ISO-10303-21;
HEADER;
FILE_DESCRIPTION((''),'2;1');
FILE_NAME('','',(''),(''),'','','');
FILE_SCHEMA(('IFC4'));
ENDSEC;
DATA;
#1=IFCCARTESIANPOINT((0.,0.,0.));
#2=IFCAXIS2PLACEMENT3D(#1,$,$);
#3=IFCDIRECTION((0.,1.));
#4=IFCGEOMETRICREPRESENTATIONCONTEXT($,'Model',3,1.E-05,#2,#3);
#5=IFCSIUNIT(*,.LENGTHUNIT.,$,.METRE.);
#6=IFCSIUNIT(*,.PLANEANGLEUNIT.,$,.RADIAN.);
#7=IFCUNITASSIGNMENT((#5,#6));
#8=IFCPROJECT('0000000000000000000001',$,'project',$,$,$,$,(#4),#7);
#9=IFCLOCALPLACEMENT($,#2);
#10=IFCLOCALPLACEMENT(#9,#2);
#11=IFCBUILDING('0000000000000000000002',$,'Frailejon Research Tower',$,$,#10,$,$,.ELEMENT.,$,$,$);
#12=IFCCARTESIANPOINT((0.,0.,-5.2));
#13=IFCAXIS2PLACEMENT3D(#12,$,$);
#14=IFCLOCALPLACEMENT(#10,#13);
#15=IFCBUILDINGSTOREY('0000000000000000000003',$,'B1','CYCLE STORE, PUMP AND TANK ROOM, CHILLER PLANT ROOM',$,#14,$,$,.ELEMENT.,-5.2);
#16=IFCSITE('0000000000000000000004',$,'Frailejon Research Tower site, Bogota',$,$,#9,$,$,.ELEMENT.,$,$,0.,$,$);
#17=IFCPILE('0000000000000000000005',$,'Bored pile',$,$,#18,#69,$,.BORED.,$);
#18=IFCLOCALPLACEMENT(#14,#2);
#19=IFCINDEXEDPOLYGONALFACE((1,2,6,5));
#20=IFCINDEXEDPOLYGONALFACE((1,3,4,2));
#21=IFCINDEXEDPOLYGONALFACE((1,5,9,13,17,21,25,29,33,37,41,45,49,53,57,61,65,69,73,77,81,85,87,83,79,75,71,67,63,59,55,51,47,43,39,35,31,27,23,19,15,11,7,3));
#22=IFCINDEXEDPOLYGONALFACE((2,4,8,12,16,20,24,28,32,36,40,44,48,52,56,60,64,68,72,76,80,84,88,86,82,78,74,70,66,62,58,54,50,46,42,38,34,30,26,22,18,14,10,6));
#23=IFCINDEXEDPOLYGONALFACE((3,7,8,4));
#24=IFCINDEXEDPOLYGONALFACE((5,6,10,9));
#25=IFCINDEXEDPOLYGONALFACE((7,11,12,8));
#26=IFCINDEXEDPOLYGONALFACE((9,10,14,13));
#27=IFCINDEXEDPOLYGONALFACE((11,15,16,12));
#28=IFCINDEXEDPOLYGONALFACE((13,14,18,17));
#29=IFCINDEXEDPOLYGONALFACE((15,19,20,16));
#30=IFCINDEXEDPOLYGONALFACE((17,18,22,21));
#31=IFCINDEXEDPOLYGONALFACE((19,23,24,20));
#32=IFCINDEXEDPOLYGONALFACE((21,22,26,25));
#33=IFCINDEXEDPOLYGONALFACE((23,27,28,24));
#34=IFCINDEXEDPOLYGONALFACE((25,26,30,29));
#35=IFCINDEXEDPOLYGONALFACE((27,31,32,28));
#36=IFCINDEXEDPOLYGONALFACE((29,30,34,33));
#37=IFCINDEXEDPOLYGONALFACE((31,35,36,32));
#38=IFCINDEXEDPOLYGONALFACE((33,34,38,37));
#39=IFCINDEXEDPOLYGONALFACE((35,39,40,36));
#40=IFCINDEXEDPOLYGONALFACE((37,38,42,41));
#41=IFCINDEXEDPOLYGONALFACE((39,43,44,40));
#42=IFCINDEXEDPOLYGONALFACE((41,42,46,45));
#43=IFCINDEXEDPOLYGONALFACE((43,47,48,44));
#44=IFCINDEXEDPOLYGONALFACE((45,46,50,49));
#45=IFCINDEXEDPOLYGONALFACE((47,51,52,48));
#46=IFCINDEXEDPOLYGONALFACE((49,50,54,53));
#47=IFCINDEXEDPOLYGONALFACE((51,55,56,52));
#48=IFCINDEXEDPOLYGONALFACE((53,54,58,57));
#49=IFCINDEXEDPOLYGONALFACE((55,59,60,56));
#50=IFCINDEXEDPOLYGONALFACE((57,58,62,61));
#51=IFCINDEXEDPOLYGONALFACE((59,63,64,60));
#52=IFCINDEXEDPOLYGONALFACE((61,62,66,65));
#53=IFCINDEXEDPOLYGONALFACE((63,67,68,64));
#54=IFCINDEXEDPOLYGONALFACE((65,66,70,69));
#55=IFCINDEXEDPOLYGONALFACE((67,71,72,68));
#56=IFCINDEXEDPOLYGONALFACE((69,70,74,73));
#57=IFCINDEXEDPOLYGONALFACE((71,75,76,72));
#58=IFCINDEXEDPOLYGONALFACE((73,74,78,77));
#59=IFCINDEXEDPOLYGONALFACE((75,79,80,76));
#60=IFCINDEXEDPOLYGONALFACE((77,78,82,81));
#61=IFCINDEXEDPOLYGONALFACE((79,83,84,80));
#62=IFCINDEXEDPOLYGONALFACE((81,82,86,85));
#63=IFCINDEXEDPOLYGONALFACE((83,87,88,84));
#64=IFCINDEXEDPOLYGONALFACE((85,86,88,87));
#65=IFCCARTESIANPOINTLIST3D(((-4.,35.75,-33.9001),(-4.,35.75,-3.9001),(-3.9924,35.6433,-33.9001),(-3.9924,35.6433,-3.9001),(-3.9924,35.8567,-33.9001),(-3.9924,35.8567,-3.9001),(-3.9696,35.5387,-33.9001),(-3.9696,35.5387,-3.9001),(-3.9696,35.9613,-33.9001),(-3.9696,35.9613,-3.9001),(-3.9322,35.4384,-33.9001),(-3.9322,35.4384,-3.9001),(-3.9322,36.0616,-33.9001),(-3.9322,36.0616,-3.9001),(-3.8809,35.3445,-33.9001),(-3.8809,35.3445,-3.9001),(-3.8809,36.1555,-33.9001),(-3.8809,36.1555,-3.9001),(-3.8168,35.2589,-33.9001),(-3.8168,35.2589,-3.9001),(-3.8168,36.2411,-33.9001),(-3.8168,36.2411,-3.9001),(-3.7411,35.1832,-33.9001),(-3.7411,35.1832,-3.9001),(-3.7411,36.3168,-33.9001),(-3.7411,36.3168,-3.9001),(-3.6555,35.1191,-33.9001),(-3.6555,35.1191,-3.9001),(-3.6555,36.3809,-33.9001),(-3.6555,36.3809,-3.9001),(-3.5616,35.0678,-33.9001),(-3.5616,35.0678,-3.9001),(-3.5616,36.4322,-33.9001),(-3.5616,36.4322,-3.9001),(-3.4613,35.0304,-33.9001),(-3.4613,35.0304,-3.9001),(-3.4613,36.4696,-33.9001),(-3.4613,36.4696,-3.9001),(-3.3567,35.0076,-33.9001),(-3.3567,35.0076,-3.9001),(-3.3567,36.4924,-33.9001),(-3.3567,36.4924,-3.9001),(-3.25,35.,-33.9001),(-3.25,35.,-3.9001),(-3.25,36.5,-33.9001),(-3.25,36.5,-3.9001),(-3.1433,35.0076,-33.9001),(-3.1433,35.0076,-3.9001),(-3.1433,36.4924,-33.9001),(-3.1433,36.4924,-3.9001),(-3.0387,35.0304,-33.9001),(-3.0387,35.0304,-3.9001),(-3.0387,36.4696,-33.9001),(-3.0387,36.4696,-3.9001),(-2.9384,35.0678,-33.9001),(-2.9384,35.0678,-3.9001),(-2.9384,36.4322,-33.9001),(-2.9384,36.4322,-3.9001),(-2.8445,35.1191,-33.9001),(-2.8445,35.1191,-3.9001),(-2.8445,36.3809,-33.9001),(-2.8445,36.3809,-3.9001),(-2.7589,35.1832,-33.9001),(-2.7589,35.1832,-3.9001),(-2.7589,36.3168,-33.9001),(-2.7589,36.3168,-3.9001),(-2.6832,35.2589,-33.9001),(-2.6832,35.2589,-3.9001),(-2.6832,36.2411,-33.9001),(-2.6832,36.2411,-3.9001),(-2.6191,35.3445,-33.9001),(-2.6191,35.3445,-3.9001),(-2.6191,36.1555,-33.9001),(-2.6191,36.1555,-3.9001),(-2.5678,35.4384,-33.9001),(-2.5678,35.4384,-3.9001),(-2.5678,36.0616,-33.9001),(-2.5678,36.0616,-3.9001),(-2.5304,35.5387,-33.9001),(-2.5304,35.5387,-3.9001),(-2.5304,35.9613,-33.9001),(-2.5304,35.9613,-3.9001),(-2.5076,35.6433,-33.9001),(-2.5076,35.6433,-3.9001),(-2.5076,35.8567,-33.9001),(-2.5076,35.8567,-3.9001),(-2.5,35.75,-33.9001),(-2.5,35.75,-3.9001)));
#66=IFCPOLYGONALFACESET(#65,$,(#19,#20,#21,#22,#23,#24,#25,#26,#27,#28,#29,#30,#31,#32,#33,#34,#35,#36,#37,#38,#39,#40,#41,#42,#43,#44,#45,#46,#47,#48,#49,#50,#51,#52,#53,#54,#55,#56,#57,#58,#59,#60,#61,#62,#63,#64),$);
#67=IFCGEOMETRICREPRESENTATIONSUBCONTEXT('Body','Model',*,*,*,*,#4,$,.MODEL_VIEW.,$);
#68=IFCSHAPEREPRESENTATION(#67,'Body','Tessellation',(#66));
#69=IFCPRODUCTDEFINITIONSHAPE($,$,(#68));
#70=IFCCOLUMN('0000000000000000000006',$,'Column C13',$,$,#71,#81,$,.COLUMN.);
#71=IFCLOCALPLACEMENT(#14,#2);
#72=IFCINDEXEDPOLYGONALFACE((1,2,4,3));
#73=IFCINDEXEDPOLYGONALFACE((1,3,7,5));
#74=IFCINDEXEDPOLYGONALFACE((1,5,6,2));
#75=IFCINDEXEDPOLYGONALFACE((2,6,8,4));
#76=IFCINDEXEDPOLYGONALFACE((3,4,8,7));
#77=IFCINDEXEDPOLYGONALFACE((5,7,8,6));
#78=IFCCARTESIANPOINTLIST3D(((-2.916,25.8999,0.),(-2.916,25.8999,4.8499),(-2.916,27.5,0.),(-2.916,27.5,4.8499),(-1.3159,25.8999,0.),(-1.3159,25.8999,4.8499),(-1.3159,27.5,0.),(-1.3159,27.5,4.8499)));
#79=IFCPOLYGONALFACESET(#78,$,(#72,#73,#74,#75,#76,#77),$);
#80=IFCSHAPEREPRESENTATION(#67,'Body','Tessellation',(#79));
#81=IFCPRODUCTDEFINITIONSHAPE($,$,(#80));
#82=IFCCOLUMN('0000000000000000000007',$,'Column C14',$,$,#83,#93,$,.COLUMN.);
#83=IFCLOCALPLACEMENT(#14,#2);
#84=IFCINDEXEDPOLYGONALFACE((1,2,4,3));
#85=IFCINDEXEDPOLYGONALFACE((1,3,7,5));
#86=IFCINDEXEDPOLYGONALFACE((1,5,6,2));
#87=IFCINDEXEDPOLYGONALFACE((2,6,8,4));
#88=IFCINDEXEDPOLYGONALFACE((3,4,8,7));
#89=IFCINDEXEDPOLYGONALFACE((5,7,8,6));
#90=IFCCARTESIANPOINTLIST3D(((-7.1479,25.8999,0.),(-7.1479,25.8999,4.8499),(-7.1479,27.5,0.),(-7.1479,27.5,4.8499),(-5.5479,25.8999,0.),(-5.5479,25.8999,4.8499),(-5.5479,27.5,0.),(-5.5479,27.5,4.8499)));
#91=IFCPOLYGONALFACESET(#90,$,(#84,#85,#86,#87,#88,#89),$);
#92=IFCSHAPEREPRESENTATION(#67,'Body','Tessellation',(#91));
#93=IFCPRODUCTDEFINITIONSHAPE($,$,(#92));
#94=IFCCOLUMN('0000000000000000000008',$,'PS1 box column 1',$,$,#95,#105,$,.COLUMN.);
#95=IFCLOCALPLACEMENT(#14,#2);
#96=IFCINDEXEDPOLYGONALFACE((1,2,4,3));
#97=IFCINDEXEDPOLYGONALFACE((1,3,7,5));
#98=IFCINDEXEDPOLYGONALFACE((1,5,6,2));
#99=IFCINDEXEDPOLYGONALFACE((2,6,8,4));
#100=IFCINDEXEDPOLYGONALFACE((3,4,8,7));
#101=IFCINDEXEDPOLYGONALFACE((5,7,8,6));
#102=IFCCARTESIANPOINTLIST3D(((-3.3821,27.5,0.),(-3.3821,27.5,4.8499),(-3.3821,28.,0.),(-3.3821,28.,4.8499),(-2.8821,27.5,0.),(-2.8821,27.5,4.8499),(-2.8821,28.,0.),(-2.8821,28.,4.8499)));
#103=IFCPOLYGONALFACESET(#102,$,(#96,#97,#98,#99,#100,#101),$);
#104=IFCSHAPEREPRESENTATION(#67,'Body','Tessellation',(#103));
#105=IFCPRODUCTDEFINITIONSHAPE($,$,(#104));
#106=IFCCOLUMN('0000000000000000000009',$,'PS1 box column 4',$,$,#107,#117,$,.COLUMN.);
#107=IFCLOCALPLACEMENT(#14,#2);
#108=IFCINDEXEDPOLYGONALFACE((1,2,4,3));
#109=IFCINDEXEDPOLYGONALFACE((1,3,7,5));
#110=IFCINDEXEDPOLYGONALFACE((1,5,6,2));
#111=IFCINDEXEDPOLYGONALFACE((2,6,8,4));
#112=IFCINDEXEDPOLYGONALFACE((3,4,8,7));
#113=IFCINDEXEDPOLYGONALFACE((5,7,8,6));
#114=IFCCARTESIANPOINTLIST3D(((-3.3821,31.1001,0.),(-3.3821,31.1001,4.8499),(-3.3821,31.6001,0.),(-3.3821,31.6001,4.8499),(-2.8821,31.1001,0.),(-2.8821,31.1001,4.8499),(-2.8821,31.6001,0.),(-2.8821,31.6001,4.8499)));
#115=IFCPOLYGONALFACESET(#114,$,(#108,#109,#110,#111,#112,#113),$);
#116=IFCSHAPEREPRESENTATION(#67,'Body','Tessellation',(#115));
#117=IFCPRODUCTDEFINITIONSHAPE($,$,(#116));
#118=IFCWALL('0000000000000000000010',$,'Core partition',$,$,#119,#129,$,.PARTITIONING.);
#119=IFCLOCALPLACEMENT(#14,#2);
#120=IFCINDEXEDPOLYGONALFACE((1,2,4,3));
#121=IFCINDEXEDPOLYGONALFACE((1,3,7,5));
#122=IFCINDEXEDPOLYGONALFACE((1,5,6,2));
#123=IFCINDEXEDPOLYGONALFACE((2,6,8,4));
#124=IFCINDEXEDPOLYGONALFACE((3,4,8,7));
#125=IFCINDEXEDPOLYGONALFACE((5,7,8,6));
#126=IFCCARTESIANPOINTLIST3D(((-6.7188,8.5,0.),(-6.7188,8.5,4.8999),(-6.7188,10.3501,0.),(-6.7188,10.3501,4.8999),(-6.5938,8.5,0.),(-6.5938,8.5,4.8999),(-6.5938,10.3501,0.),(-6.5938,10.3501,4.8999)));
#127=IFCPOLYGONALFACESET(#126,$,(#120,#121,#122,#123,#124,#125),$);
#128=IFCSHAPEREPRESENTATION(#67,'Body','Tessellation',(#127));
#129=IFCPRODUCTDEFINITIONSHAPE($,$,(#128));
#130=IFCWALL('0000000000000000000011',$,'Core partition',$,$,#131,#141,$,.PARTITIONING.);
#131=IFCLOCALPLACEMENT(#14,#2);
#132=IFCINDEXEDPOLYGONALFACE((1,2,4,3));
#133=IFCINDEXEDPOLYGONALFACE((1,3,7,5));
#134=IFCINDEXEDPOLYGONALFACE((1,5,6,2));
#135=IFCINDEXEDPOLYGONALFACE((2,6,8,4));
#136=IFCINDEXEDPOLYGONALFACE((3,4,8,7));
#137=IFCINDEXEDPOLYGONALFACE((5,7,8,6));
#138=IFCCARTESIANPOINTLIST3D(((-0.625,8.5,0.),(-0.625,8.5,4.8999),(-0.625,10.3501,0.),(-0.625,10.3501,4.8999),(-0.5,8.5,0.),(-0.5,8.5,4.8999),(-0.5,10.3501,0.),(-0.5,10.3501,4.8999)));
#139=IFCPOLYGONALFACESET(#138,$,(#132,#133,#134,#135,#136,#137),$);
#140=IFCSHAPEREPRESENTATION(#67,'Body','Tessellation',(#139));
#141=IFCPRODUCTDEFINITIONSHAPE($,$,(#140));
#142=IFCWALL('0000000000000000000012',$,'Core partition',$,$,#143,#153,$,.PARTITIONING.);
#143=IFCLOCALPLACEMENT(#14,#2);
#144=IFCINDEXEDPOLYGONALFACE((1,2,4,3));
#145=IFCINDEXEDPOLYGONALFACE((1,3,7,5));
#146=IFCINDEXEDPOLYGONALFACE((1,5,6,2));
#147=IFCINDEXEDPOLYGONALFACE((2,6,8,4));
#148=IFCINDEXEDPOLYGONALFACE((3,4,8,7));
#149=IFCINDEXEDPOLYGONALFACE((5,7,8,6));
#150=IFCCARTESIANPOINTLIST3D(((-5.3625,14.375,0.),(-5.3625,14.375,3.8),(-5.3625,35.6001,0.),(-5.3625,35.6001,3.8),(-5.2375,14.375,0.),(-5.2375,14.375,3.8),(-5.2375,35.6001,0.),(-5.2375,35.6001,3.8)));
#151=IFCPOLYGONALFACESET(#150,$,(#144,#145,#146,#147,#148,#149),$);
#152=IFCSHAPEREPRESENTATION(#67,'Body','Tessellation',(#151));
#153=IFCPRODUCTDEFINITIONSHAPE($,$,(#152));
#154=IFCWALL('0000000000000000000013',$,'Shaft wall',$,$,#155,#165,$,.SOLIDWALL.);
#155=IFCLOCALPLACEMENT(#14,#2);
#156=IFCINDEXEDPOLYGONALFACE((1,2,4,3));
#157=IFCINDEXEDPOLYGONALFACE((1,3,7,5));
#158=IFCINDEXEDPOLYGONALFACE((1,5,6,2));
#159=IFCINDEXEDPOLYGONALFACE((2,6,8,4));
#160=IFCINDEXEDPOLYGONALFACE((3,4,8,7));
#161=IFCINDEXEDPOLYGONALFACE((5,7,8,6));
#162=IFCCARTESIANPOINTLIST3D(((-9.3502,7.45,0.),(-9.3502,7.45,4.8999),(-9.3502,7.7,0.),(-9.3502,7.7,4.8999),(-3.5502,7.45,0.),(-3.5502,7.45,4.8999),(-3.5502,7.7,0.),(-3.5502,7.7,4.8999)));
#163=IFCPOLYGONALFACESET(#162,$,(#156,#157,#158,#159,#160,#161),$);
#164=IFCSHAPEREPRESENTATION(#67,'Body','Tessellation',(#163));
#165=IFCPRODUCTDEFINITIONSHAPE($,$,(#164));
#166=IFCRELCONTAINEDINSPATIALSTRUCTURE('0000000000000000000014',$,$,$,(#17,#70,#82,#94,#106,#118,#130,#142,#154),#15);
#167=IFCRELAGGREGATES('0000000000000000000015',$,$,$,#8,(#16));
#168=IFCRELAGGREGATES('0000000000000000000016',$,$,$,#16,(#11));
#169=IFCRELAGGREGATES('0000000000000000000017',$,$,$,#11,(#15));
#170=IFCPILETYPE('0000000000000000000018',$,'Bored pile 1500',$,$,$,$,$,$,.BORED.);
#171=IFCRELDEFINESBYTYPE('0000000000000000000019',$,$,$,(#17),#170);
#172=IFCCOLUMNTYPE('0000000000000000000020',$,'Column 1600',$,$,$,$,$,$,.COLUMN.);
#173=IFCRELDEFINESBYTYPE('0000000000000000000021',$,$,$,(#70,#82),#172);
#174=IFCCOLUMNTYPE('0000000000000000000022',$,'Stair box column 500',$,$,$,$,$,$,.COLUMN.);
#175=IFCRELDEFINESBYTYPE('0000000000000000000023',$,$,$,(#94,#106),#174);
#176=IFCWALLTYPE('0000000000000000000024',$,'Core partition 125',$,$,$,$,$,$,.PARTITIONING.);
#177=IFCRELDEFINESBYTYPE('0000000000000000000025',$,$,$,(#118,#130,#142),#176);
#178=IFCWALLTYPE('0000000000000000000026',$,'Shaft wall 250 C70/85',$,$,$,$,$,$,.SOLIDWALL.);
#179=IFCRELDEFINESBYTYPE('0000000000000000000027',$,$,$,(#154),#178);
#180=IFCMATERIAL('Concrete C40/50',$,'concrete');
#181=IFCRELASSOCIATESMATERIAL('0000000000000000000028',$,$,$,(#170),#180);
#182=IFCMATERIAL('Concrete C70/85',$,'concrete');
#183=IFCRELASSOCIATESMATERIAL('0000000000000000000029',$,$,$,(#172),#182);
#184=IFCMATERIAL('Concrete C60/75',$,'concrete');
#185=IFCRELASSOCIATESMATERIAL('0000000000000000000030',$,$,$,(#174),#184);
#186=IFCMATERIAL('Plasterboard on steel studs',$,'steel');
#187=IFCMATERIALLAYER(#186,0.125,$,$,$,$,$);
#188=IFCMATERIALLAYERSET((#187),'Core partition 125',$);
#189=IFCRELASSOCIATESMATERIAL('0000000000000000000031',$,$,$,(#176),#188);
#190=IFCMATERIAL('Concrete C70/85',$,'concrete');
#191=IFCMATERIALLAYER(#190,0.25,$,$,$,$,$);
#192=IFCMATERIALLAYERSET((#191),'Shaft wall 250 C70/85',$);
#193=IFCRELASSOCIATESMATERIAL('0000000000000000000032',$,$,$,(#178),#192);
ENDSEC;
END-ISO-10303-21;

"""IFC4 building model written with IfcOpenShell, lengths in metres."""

from ifc_helpers import new_model, si_unit, direction, frame, frame_2d, origin, origin_2d, place, context, subcontext, project, spatial, rectangle, circle, extrude, material, layer, layer_set, material_profile, profile_set, type_object, element, save


model = new_model("IFC4")

# Units and contexts
model_context = context("Model", 3, precision=1e-05, world=origin(), true_north=direction((0.0, 1.0)))
body_context = subcontext(model_context, "Body", "Model", "MODEL_VIEW")
ifc_project = project(units=[si_unit("LENGTHUNIT", "METRE"), si_unit("PLANEANGLEUNIT", "RADIAN")], contexts=[model_context])

# Site, building, storey
site_placement = place(None, origin())
site = spatial("IfcSite", under=ifc_project, at=site_placement, Name="Frailejon Research Tower site, Bogota", CompositionType="ELEMENT", RefElevation=0.0)
building_placement = place(site_placement, origin())
building = spatial("IfcBuilding", under=site, at=building_placement, Name="Frailejon Research Tower", CompositionType="ELEMENT")
storey_placement = place(building_placement, frame((0.0, 0.0, -5.2)))
storey = spatial("IfcBuildingStorey", under=building, at=storey_placement, Name="B1", Description="CYCLE STORE, PUMP AND TANK ROOM, CHILLER PLANT ROOM", CompositionType="ELEMENT", Elevation=-5.2)

# Pile
ifc_material_1 = material(Name="Concrete C40/50", Category="concrete")
ifc_material_profile_1 = material_profile(ifc_material_1, circle(Radius=0.75, at=origin_2d()), Name="Bored pile 1500")
ifc_profile_set_1 = profile_set([ifc_material_profile_1], Name="Concrete C40/50")
pile_type = type_object("IfcPileType", Name="Bored pile 1500", PredefinedType="BORED", material=ifc_profile_set_1)
for number, where, z_axis, x_axis, name in (
    (1, (-3.25, 35.75, -3.9001), (0.0, 0.0, -1.0), (1.0, 0.0, 0.0), "Bored pile"),
):
    element("IfcPile", number, at=place(storey_placement, frame(where, z_axis=z_axis, x_axis=x_axis)), inside=storey, type_object=pile_type, Name=name, PredefinedType="BORED", context=body_context, shape_type="SweptSolid", body=[
        extrude(circle(Radius=0.75, at=origin_2d()), origin(), (0.0, 0.0, 1.0), 30.0),
    ])

# Columns
ifc_material_2 = material(Name="Concrete C70/85", Category="concrete")
ifc_material_profile_2 = material_profile(ifc_material_2, rectangle(XDim=1.6001, YDim=1.6001, at=origin_2d()), Name="Column 1600")
ifc_profile_set_2 = profile_set([ifc_material_profile_2], Name="Concrete C70/85")
column_type_1 = type_object("IfcColumnType", Name="Column 1600", PredefinedType="COLUMN", material=ifc_profile_set_2)
for number, where, z_axis, x_axis, name in (
    (2, (-2.116, 26.7, 0.0), (0.0, 0.0, 1.0), (-1.0, 0.0, 0.0), "Column C13"),
    (3, (-6.3479, 26.7, 0.0), (0.0, 0.0, 1.0), (-1.0, 0.0, 0.0), "Column C14"),
):
    element("IfcColumn", number, at=place(storey_placement, frame(where, z_axis=z_axis, x_axis=x_axis)), inside=storey, type_object=column_type_1, Name=name, PredefinedType="COLUMN", context=body_context, shape_type="SweptSolid", body=[
        extrude(rectangle(XDim=1.6001, YDim=1.6001, at=origin_2d()), origin(), (0.0, 0.0, 1.0), 4.8499),
    ])
ifc_material_3 = material(Name="Concrete C60/75", Category="concrete")
ifc_material_profile_3 = material_profile(ifc_material_3, rectangle(XDim=0.5, YDim=0.5, at=origin_2d()), Name="Stair box column 500")
ifc_profile_set_3 = profile_set([ifc_material_profile_3], Name="Concrete C60/75")
column_type_2 = type_object("IfcColumnType", Name="Stair box column 500", PredefinedType="COLUMN", material=ifc_profile_set_3)
for number, where, z_axis, x_axis, name in (
    (4, (-3.1321, 27.75, 0.0), (0.0, 0.0, 1.0), (1.0, 0.0, 0.0), "PS1 box column 1"),
    (5, (-3.1321, 31.3501, 0.0), (0.0, 0.0, 1.0), (1.0, 0.0, 0.0), "PS1 box column 4"),
):
    element("IfcColumn", number, at=place(storey_placement, frame(where, z_axis=z_axis, x_axis=x_axis)), inside=storey, type_object=column_type_2, Name=name, PredefinedType="COLUMN", context=body_context, shape_type="SweptSolid", body=[
        extrude(rectangle(XDim=0.5, YDim=0.5, at=origin_2d()), origin(), (0.0, 0.0, 1.0), 4.8499),
    ])

# Walls
ifc_material_4 = material(Name="Plasterboard on steel studs", Category="steel")
ifc_layer_1 = layer(ifc_material_4, 0.125)
ifc_layer_set_1 = layer_set([ifc_layer_1], Name="Core partition 125")
wall_type_1 = type_object("IfcWallType", Name="Core partition 125", PredefinedType="PARTITIONING", material=ifc_layer_set_1)
for number, where, z_axis, x_axis, name in (
    (6, (-6.6562, 8.5, 0.0), (0.0, 0.0, 1.0), (0.0, 1.0, 0.0), "Core partition"),
    (7, (-0.5625, 8.5, 0.0), (0.0, 0.0, 1.0), (0.0, 1.0, 0.0), "Core partition"),
):
    element("IfcWall", number, at=place(storey_placement, frame(where, z_axis=z_axis, x_axis=x_axis)), inside=storey, type_object=wall_type_1, Name=name, PredefinedType="PARTITIONING", context=body_context, shape_type="SweptSolid", body=[
        extrude(rectangle(XDim=1.8501, YDim=0.125, at=frame_2d((0.925, 0.0))), origin(), (0.0, 0.0, 1.0), 4.8999),
    ])
wall_1_placement = place(storey_placement, frame((-5.3, 14.375, 0.0), z_axis=(0.0, 0.0, 1.0), x_axis=(0.0, 1.0, 0.0)))
element("IfcWall", 8, at=wall_1_placement, inside=storey, type_object=wall_type_1, Name="Core partition", PredefinedType="PARTITIONING", context=body_context, shape_type="SweptSolid", body=[
    extrude(rectangle(XDim=21.2251, YDim=0.125, at=frame_2d((10.6125, 0.0))), origin(), (0.0, 0.0, 1.0), 3.8),
])
ifc_material_5 = material(Name="Concrete C70/85", Category="concrete")
ifc_layer_2 = layer(ifc_material_5, 0.25)
ifc_layer_set_2 = layer_set([ifc_layer_2], Name="Shaft wall 250 C70/85")
wall_type_2 = type_object("IfcWallType", Name="Shaft wall 250 C70/85", PredefinedType="SOLIDWALL", material=ifc_layer_set_2)
wall_2_placement = place(storey_placement, frame((-9.3501, 7.575, 0.0), z_axis=(0.0, 0.0, 1.0), x_axis=(1.0, 0.0, 0.0)))
element("IfcWall", 9, at=wall_2_placement, inside=storey, type_object=wall_type_2, Name="Shaft wall", PredefinedType="SOLIDWALL", context=body_context, shape_type="SweptSolid", body=[
    extrude(rectangle(XDim=5.8, YDim=0.25, at=frame_2d((2.8999, 0.0))), origin(), (0.0, 0.0, 1.0), 4.8999),
])

save(model, "model.ifc")
